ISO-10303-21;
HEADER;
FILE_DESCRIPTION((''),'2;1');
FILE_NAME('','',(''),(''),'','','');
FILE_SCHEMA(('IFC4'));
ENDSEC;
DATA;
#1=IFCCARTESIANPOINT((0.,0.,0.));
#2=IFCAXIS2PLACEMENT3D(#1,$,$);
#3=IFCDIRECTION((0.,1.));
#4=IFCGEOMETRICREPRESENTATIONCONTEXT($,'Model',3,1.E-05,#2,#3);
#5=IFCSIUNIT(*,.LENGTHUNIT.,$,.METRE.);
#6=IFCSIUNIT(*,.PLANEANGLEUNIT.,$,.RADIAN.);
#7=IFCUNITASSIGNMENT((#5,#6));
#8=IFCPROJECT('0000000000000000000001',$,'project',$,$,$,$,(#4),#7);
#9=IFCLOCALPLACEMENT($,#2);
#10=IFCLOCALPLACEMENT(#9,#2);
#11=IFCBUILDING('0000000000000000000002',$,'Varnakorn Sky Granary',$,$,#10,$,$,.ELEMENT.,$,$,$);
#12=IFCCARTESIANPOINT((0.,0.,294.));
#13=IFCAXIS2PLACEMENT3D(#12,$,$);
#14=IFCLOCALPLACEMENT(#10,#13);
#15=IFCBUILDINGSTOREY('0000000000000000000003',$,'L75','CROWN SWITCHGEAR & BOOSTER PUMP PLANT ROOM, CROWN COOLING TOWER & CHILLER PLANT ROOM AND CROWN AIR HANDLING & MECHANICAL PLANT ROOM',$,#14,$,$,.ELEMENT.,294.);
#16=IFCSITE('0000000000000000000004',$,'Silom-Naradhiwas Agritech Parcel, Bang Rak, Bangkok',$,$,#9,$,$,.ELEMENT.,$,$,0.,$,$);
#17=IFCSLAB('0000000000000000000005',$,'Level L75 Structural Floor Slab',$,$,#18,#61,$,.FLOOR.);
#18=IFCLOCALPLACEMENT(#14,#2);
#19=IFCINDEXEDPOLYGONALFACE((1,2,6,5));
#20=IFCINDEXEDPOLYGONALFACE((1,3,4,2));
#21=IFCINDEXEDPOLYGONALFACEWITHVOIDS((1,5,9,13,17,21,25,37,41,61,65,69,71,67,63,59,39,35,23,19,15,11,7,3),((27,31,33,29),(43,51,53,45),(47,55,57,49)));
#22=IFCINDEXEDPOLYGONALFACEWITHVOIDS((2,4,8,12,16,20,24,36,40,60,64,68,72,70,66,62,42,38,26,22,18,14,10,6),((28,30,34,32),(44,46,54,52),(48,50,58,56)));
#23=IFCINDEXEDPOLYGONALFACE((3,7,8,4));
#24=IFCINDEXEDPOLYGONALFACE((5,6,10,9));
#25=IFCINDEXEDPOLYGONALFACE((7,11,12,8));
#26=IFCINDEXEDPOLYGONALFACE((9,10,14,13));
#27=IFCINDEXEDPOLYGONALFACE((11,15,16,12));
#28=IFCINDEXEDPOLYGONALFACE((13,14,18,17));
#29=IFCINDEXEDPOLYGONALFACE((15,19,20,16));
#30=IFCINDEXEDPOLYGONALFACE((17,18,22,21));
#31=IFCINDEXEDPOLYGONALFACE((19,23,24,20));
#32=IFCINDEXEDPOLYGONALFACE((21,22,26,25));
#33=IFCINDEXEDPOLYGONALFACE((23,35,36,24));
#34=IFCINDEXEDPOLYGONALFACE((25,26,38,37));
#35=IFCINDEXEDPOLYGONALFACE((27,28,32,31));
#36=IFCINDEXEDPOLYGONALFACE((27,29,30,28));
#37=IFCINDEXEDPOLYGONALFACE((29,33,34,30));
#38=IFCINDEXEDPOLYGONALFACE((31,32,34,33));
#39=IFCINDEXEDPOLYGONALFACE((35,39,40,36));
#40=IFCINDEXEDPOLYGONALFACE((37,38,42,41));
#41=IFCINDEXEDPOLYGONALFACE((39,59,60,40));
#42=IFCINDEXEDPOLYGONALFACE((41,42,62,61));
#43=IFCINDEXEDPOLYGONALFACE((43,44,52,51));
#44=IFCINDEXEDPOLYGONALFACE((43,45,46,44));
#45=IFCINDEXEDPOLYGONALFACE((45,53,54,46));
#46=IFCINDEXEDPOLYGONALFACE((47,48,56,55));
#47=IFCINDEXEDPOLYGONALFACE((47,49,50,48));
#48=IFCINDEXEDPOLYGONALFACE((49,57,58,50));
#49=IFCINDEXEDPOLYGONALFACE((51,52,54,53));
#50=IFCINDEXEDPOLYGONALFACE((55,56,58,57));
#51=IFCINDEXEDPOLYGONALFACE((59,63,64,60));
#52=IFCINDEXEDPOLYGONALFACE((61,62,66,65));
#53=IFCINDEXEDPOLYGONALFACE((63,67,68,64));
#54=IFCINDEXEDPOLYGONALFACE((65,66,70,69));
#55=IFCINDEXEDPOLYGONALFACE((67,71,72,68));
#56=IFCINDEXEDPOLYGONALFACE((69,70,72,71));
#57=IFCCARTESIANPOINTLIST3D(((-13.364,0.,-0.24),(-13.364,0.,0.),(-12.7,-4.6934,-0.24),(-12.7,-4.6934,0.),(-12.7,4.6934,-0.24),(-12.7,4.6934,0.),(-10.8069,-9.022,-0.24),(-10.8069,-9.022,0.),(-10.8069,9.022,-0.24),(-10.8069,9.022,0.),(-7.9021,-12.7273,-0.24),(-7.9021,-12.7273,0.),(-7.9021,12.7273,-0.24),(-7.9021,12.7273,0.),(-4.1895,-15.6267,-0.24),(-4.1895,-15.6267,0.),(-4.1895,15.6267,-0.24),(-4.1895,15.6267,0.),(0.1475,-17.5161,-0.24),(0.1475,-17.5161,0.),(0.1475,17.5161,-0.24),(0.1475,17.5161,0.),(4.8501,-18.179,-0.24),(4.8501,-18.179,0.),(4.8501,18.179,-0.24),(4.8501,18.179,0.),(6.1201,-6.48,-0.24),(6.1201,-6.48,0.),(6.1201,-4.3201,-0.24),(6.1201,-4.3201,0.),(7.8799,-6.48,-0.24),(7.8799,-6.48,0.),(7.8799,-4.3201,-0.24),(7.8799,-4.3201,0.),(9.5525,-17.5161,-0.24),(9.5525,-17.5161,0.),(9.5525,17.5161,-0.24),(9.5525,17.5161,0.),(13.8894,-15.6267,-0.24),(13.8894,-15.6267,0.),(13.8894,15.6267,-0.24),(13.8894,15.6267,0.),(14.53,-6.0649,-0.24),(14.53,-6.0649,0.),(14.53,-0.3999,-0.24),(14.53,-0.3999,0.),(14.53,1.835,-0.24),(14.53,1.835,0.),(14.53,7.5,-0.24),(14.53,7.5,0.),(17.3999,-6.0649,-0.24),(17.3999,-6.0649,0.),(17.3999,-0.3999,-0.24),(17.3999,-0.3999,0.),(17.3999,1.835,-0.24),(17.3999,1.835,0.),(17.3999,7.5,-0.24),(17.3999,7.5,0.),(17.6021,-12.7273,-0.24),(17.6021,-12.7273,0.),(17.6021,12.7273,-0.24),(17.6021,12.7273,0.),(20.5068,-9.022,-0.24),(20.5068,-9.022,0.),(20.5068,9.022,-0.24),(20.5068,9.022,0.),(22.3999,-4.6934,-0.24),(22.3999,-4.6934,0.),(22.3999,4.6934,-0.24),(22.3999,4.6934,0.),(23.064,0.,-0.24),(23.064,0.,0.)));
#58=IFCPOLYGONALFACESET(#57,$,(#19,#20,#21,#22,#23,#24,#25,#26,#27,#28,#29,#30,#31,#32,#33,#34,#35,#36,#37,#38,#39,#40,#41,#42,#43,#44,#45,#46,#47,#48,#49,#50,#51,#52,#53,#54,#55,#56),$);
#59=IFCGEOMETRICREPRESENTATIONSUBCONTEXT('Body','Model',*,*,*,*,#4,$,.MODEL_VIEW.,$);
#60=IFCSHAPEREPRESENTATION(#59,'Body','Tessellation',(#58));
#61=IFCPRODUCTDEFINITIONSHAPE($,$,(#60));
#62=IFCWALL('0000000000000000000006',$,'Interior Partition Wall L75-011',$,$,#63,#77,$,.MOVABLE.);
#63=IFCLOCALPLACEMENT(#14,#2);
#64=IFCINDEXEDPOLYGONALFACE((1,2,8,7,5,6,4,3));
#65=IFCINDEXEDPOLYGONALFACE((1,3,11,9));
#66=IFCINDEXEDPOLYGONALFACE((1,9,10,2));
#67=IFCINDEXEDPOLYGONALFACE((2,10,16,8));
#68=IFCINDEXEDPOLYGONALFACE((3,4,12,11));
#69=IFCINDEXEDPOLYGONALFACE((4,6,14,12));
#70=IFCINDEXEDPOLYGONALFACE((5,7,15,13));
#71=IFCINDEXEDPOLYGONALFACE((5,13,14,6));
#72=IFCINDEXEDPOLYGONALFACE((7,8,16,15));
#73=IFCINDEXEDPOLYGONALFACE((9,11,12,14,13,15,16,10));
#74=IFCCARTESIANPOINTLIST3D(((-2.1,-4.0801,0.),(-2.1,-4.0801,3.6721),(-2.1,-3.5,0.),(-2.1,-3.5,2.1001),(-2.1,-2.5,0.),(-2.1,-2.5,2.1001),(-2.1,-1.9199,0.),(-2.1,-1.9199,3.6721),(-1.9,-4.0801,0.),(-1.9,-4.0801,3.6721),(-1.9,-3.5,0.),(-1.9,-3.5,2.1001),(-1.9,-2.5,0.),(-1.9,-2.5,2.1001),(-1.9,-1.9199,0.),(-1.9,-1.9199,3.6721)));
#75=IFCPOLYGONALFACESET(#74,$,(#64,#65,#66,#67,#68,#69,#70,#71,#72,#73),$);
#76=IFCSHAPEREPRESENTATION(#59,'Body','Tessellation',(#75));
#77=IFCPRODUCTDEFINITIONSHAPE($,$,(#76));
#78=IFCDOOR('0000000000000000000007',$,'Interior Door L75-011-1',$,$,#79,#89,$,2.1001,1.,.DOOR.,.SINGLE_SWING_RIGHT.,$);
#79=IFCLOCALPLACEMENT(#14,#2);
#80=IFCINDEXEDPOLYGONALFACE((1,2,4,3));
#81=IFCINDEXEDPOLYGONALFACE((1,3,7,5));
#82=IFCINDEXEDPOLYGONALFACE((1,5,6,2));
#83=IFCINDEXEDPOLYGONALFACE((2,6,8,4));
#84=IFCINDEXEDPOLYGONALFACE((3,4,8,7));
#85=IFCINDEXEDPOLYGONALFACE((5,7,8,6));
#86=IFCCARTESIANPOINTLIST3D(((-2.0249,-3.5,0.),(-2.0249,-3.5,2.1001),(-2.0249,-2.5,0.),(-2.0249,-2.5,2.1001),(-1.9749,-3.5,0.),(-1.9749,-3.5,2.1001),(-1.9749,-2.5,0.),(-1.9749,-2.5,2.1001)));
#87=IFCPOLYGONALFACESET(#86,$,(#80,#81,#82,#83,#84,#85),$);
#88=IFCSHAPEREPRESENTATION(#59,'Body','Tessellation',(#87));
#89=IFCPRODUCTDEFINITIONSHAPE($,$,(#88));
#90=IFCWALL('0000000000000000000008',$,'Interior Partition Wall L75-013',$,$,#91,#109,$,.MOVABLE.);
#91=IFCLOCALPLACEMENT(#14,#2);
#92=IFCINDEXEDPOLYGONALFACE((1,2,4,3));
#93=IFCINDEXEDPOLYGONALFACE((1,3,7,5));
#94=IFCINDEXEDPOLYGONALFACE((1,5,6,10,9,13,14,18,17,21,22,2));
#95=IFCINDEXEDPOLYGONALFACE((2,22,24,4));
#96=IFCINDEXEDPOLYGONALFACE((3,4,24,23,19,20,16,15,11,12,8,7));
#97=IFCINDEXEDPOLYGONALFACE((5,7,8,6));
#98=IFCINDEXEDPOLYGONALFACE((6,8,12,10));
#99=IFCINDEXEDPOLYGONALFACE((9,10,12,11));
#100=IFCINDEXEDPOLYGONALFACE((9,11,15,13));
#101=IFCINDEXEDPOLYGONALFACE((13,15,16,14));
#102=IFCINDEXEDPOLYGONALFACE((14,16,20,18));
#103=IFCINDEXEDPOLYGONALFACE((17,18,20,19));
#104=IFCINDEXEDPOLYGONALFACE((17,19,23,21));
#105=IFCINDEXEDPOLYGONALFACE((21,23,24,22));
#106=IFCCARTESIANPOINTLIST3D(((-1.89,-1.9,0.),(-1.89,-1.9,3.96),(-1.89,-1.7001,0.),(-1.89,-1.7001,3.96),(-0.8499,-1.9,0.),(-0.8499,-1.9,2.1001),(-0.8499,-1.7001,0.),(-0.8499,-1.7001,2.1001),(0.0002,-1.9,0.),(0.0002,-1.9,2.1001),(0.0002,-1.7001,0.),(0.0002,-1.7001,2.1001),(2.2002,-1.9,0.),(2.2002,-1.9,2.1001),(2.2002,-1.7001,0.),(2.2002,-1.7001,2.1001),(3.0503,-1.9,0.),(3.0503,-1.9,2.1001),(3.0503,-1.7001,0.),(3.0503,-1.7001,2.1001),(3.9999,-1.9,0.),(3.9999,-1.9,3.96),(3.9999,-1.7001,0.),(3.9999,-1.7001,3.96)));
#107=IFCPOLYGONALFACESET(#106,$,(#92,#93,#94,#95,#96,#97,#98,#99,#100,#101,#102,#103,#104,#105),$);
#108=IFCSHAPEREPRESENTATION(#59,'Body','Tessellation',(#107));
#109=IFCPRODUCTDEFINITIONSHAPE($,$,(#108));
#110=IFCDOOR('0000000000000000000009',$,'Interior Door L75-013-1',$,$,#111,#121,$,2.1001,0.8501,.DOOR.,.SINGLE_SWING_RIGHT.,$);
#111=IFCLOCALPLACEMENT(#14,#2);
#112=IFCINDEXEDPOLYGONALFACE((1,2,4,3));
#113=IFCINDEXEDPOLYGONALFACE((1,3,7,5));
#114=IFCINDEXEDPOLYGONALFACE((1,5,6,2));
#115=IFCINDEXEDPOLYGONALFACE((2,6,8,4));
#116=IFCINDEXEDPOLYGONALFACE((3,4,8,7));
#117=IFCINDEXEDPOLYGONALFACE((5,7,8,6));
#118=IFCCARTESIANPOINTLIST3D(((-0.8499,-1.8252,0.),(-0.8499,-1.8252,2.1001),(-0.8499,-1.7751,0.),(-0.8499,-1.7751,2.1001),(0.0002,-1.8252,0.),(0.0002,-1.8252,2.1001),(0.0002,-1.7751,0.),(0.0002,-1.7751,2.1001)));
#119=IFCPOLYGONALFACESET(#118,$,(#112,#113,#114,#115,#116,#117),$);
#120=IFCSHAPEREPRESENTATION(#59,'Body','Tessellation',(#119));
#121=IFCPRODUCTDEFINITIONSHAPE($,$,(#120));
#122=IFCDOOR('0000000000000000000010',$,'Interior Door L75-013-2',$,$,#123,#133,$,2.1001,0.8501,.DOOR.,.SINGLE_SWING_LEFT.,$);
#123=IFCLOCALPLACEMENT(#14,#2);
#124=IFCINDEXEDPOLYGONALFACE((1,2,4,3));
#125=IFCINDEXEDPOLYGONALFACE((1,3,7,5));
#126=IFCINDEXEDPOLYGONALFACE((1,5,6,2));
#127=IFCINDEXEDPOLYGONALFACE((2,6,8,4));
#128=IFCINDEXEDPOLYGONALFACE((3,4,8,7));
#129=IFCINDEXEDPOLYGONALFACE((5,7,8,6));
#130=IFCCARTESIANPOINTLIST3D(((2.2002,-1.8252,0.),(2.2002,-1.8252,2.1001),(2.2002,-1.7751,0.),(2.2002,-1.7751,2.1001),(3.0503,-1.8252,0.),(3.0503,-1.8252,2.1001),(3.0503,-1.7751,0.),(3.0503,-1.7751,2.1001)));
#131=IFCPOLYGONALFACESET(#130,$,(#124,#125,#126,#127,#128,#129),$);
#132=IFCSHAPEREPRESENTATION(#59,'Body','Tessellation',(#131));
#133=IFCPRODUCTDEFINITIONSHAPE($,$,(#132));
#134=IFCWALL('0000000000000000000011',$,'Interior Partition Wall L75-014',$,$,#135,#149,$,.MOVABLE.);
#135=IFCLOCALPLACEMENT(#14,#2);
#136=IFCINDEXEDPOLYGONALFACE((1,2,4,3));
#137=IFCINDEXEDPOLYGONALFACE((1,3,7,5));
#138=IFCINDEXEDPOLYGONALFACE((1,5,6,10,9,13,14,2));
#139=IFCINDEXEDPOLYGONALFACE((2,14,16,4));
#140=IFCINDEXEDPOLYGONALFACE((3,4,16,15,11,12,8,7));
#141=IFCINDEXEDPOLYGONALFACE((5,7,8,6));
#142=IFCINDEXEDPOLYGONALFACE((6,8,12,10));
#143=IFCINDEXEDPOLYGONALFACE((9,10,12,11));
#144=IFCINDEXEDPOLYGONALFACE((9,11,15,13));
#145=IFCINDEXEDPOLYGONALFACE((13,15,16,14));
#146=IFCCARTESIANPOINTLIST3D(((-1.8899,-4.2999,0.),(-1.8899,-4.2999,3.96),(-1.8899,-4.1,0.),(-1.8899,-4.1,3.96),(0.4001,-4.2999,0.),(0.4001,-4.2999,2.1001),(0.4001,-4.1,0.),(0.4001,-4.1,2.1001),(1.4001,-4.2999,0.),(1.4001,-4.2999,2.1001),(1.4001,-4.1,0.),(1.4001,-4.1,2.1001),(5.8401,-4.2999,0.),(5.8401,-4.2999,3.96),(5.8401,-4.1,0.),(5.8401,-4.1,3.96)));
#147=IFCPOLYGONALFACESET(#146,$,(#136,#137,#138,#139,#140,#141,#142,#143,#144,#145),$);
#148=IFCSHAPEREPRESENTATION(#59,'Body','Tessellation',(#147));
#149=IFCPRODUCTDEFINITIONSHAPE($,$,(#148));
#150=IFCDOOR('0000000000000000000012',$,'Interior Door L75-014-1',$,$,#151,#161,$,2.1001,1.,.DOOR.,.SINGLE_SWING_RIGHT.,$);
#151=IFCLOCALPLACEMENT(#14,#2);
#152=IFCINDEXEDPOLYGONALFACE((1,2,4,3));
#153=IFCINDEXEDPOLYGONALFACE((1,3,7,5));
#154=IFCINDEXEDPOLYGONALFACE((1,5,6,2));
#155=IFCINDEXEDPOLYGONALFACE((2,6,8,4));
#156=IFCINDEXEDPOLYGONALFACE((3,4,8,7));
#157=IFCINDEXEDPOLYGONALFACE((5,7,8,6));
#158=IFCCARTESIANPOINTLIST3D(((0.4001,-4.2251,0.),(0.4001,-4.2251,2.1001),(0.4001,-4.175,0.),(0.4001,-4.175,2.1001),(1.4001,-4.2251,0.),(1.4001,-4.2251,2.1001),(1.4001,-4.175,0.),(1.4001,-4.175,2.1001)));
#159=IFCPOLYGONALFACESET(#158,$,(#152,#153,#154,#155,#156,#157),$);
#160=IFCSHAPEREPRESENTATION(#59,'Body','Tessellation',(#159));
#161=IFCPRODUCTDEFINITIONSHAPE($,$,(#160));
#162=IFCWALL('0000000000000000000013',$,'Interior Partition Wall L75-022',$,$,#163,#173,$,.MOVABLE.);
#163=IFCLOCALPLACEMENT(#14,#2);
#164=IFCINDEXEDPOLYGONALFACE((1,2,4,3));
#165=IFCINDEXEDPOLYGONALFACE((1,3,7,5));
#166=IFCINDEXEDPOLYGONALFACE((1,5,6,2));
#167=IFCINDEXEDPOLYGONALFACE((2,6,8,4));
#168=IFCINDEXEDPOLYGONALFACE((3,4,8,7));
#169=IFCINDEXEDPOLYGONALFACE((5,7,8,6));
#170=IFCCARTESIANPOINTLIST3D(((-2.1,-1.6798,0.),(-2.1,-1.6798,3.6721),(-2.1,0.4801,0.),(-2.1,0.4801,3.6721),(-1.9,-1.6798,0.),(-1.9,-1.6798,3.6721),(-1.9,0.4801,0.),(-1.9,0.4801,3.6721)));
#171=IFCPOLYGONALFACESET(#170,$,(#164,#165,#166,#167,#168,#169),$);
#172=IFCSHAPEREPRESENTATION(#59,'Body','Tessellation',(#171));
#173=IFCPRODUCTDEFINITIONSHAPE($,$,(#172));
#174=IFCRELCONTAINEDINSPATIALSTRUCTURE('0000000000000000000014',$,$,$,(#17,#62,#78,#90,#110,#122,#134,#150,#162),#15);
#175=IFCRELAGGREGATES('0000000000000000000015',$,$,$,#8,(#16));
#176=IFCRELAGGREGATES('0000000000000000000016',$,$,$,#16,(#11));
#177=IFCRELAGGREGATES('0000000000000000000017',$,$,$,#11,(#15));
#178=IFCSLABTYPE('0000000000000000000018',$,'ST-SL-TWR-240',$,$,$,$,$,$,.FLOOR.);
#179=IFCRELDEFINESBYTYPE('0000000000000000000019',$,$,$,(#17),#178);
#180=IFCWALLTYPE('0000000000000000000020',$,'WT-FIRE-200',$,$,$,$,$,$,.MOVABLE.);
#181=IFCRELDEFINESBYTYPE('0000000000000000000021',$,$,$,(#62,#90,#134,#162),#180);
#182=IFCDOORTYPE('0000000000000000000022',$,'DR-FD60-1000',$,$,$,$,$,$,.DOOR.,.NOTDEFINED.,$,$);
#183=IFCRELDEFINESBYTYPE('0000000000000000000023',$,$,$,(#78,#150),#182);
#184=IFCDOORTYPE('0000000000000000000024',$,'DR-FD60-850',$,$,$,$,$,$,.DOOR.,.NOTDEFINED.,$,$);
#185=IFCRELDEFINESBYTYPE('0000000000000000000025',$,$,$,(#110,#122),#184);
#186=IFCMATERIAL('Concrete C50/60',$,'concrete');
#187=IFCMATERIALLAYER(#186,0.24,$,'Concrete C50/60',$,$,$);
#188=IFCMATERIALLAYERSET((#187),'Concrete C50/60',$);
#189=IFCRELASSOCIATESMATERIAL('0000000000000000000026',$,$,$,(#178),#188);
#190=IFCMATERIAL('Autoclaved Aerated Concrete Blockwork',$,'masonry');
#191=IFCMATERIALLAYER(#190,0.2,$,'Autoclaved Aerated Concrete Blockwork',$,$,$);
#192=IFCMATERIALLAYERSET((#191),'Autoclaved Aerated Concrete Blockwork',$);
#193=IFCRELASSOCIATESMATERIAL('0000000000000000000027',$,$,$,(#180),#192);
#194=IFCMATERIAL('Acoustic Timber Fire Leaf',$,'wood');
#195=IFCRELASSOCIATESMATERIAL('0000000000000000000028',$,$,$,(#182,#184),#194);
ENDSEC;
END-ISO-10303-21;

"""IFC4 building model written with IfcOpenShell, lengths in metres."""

from ifc_helpers import new_model, si_unit, direction, frame, frame_2d, origin, place, context, subcontext, project, spatial, polyline, rectangle, outline, extrude, material, layer, layer_set, type_object, element, fill, save


model = new_model("IFC4")

# Units and contexts
model_context = context("Model", 3, precision=1e-05, world=origin(), true_north=direction((0.0, 1.0)))
body_context = subcontext(model_context, "Body", "Model", "MODEL_VIEW")
ifc_project = project(units=[si_unit("LENGTHUNIT", "METRE"), si_unit("PLANEANGLEUNIT", "RADIAN")], contexts=[model_context])

# Site, building, storey
site_placement = place(None, origin())
site = spatial("IfcSite", under=ifc_project, at=site_placement, Name="Silom-Naradhiwas Agritech Parcel, Bang Rak, Bangkok", CompositionType="ELEMENT", RefElevation=0.0)
building_placement = place(site_placement, origin())
building = spatial("IfcBuilding", under=site, at=building_placement, Name="Varnakorn Sky Granary", CompositionType="ELEMENT")
storey_placement = place(building_placement, frame((0.0, 0.0, 294.0)))
storey = spatial("IfcBuildingStorey", under=building, at=storey_placement, Name="L75", Description="CROWN SWITCHGEAR & BOOSTER PUMP PLANT ROOM, CROWN COOLING TOWER & CHILLER PLANT ROOM AND CROWN AIR HANDLING & MECHANICAL PLANT ROOM", CompositionType="ELEMENT", Elevation=294.0)

# Shared definitions
ifc_material_1 = material(Name="Concrete C50/60", Category="concrete")

# Slab
ifc_layer_1 = layer(ifc_material_1, 0.24, Name="Concrete C50/60")
ifc_layer_set_1 = layer_set([ifc_layer_1], Name="Concrete C50/60")
slab_type_1 = type_object("IfcSlabType", Name="ST-SL-TWR-240", PredefinedType="FLOOR", material=ifc_layer_set_1)
slab_1_placement = place(storey_placement, frame((0.0, 0.0, -0.24)))
element("IfcSlab", 1, at=slab_1_placement, inside=storey, type_object=slab_type_1, Name="Level L75 Structural Floor Slab", PredefinedType="FLOOR", context=body_context, shape_type="SweptSolid", body=[
    extrude(outline(polyline([(23.064, 0.0), (22.3999, 4.6934), (20.5068, 9.022), (17.6021, 12.7273), (13.8894, 15.6267), (9.5525, 17.5161), (4.8501, 18.179), (0.1475, 17.5161), (-4.1895, 15.6267), (-7.9021, 12.7273), (-10.8069, 9.022), (-12.7, 4.6934), (-13.364, 0.0), (-12.7, -4.6934), (-10.8069, -9.022), (-7.9021, -12.7273), (-4.1895, -15.6267), (0.1475, -17.5161), (4.8501, -18.179), (9.5525, -17.5161), (13.8894, -15.6267), (17.6021, -12.7273), (20.5068, -9.022), (22.3999, -4.6934), (23.064, 0.0)]), holes=[polyline([(17.3999, 1.835), (17.3999, 7.5), (14.53, 7.5), (14.53, 1.835), (17.3999, 1.835)]), polyline([(17.3999, -6.0649), (17.3999, -0.3999), (14.53, -0.3999), (14.53, -6.0649), (17.3999, -6.0649)]), polyline([(6.1201, -6.48), (7.8799, -6.48), (7.8799, -4.3201), (6.1201, -4.3201), (6.1201, -6.48)])]), origin(), (0.0, 0.0, 1.0), 0.24),
])

# Wall, opening, door
ifc_material_2 = material(Name="Autoclaved Aerated Concrete Blockwork", Category="masonry")
ifc_layer_2 = layer(ifc_material_2, 0.2, Name="Autoclaved Aerated Concrete Blockwork")
ifc_layer_set_2 = layer_set([ifc_layer_2], Name="Autoclaved Aerated Concrete Blockwork")
wall_type_1 = type_object("IfcWallType", Name="WT-FIRE-200", PredefinedType="MOVABLE", material=ifc_layer_set_2)
wall_1_placement = place(storey_placement, frame((-2.0, -4.0801, 0.0), z_axis=(0.0, 0.0, 1.0), x_axis=(0.0, 1.0, 0.0)))
wall_1 = element("IfcWall", 2, at=wall_1_placement, inside=storey, type_object=wall_type_1, Name="Interior Partition Wall L75-011", PredefinedType="MOVABLE", context=body_context, shape_type="SweptSolid", body=[
    extrude(rectangle(XDim=2.1602, YDim=0.2, at=frame_2d((1.0801, 0.0))), origin(), (0.0, 0.0, 1.0), 3.6721),
])
opening_1_placement = place(wall_1_placement, frame((0.5801, 0.0, 0.0)))
opening_1 = element("IfcOpeningElement", 3, at=opening_1_placement, cuts=wall_1, PredefinedType="OPENING", context=body_context, shape_type="SweptSolid", body=[
    extrude(rectangle(XDim=1.0, YDim=2.1001, at=frame_2d((0.5, 1.05))), frame((0.0, 0.1099, 0.0), z_axis=(0.0, -1.0, 0.0), x_axis=(1.0, 0.0, 0.0)), (0.0, 0.0, 1.0), 0.22),
])
ifc_material_3 = material(Name="Acoustic Timber Fire Leaf", Category="wood")
door_type_1 = type_object("IfcDoorType", Name="DR-FD60-1000", OperationType="NOTDEFINED", PredefinedType="DOOR", material=ifc_material_3)
door_1_placement = place(opening_1_placement, origin())
door_1 = element("IfcDoor", 4, at=door_1_placement, inside=storey, type_object=door_type_1, Name="Interior Door L75-011-1", OperationType="SINGLE_SWING_RIGHT", OverallHeight=2.1001, OverallWidth=1.0, PredefinedType="DOOR", context=body_context, shape_type="SweptSolid", body=[
    extrude(rectangle(XDim=1.0, YDim=2.1001, at=frame_2d((0.5, 1.05))), frame((0.0, 0.0249, 0.0), z_axis=(0.0, -1.0, 0.0), x_axis=(1.0, 0.0, 0.0)), (0.0, 0.0, 1.0), 0.05),
])
fill(opening_1, door_1)

# Wall, openings, doors
wall_2_placement = place(storey_placement, frame((-1.8899, -1.8, 0.0), z_axis=(0.0, 0.0, 1.0), x_axis=(1.0, 0.0, 0.0)))
wall_2 = element("IfcWall", 5, at=wall_2_placement, inside=storey, type_object=wall_type_1, Name="Interior Partition Wall L75-013", PredefinedType="MOVABLE", context=body_context, shape_type="SweptSolid", body=[
    extrude(rectangle(XDim=5.8899, YDim=0.2, at=frame_2d((2.9448, 0.0))), origin(), (0.0, 0.0, 1.0), 3.96),
])
opening_2_placement = place(wall_2_placement, frame((1.04, 0.0, 0.0)))
opening_2 = element("IfcOpeningElement", 6, at=opening_2_placement, cuts=wall_2, PredefinedType="OPENING", context=body_context, shape_type="SweptSolid", body=[
    extrude(rectangle(XDim=0.8501, YDim=2.1001, at=frame_2d((0.425, 1.05))), frame((0.0, 0.1099, 0.0), z_axis=(0.0, -1.0, 0.0), x_axis=(1.0, 0.0, 0.0)), (0.0, 0.0, 1.0), 0.22),
])
opening_3_placement = place(wall_2_placement, frame((4.0901, 0.0, 0.0)))
opening_3 = element("IfcOpeningElement", 7, at=opening_3_placement, cuts=wall_2, PredefinedType="OPENING", context=body_context, shape_type="SweptSolid", body=[
    extrude(rectangle(XDim=0.8501, YDim=2.1001, at=frame_2d((0.425, 1.05))), frame((0.0, 0.1099, 0.0), z_axis=(0.0, -1.0, 0.0), x_axis=(1.0, 0.0, 0.0)), (0.0, 0.0, 1.0), 0.22),
])
door_type_2 = type_object("IfcDoorType", Name="DR-FD60-850", OperationType="NOTDEFINED", PredefinedType="DOOR", material=ifc_material_3)
door_2_placement = place(opening_2_placement, origin())
door_2 = element("IfcDoor", 8, at=door_2_placement, inside=storey, type_object=door_type_2, Name="Interior Door L75-013-1", OperationType="SINGLE_SWING_RIGHT", OverallHeight=2.1001, OverallWidth=0.8501, PredefinedType="DOOR", context=body_context, shape_type="SweptSolid", body=[
    extrude(rectangle(XDim=0.8501, YDim=2.1001, at=frame_2d((0.425, 1.05))), frame((0.0, 0.0249, 0.0), z_axis=(0.0, -1.0, 0.0), x_axis=(1.0, 0.0, 0.0)), (0.0, 0.0, 1.0), 0.05),
])
fill(opening_2, door_2)
door_3_placement = place(opening_3_placement, origin())
door_3 = element("IfcDoor", 9, at=door_3_placement, inside=storey, type_object=door_type_2, Name="Interior Door L75-013-2", OperationType="SINGLE_SWING_LEFT", OverallHeight=2.1001, OverallWidth=0.8501, PredefinedType="DOOR", context=body_context, shape_type="SweptSolid", body=[
    extrude(rectangle(XDim=0.8501, YDim=2.1001, at=frame_2d((0.425, 1.05))), frame((0.0, 0.0249, 0.0), z_axis=(0.0, -1.0, 0.0), x_axis=(1.0, 0.0, 0.0)), (0.0, 0.0, 1.0), 0.05),
])
fill(opening_3, door_3)

# Wall, opening, door
wall_3_placement = place(storey_placement, frame((-1.8899, -4.2, 0.0), z_axis=(0.0, 0.0, 1.0), x_axis=(1.0, 0.0, 0.0)))
wall_3 = element("IfcWall", 10, at=wall_3_placement, inside=storey, type_object=wall_type_1, Name="Interior Partition Wall L75-014", PredefinedType="MOVABLE", context=body_context, shape_type="SweptSolid", body=[
    extrude(rectangle(XDim=7.73, YDim=0.2, at=frame_2d((3.865, 0.0))), origin(), (0.0, 0.0, 1.0), 3.96),
])
opening_4_placement = place(wall_3_placement, frame((2.29, 0.0, 0.0)))
opening_4 = element("IfcOpeningElement", 11, at=opening_4_placement, cuts=wall_3, PredefinedType="OPENING", context=body_context, shape_type="SweptSolid", body=[
    extrude(rectangle(XDim=1.0, YDim=2.1001, at=frame_2d((0.5, 1.05))), frame((0.0, 0.1099, 0.0), z_axis=(0.0, -1.0, 0.0), x_axis=(1.0, 0.0, 0.0)), (0.0, 0.0, 1.0), 0.22),
])
door_4_placement = place(opening_4_placement, origin())
door_4 = element("IfcDoor", 12, at=door_4_placement, inside=storey, type_object=door_type_1, Name="Interior Door L75-014-1", OperationType="SINGLE_SWING_RIGHT", OverallHeight=2.1001, OverallWidth=1.0, PredefinedType="DOOR", context=body_context, shape_type="SweptSolid", body=[
    extrude(rectangle(XDim=1.0, YDim=2.1001, at=frame_2d((0.5, 1.05))), frame((0.0, 0.0249, 0.0), z_axis=(0.0, -1.0, 0.0), x_axis=(1.0, 0.0, 0.0)), (0.0, 0.0, 1.0), 0.05),
])
fill(opening_4, door_4)

# Wall
wall_4_placement = place(storey_placement, frame((-2.0, -1.6799, 0.0), z_axis=(0.0, 0.0, 1.0), x_axis=(0.0, 1.0, 0.0)))
element("IfcWall", 13, at=wall_4_placement, inside=storey, type_object=wall_type_1, Name="Interior Partition Wall L75-022", PredefinedType="MOVABLE", context=body_context, shape_type="SweptSolid", body=[
    extrude(rectangle(XDim=2.1599, YDim=0.2, at=frame_2d((1.0801, 0.0))), origin(), (0.0, 0.0, 1.0), 3.6721),
])

save(model, "model.ifc")
